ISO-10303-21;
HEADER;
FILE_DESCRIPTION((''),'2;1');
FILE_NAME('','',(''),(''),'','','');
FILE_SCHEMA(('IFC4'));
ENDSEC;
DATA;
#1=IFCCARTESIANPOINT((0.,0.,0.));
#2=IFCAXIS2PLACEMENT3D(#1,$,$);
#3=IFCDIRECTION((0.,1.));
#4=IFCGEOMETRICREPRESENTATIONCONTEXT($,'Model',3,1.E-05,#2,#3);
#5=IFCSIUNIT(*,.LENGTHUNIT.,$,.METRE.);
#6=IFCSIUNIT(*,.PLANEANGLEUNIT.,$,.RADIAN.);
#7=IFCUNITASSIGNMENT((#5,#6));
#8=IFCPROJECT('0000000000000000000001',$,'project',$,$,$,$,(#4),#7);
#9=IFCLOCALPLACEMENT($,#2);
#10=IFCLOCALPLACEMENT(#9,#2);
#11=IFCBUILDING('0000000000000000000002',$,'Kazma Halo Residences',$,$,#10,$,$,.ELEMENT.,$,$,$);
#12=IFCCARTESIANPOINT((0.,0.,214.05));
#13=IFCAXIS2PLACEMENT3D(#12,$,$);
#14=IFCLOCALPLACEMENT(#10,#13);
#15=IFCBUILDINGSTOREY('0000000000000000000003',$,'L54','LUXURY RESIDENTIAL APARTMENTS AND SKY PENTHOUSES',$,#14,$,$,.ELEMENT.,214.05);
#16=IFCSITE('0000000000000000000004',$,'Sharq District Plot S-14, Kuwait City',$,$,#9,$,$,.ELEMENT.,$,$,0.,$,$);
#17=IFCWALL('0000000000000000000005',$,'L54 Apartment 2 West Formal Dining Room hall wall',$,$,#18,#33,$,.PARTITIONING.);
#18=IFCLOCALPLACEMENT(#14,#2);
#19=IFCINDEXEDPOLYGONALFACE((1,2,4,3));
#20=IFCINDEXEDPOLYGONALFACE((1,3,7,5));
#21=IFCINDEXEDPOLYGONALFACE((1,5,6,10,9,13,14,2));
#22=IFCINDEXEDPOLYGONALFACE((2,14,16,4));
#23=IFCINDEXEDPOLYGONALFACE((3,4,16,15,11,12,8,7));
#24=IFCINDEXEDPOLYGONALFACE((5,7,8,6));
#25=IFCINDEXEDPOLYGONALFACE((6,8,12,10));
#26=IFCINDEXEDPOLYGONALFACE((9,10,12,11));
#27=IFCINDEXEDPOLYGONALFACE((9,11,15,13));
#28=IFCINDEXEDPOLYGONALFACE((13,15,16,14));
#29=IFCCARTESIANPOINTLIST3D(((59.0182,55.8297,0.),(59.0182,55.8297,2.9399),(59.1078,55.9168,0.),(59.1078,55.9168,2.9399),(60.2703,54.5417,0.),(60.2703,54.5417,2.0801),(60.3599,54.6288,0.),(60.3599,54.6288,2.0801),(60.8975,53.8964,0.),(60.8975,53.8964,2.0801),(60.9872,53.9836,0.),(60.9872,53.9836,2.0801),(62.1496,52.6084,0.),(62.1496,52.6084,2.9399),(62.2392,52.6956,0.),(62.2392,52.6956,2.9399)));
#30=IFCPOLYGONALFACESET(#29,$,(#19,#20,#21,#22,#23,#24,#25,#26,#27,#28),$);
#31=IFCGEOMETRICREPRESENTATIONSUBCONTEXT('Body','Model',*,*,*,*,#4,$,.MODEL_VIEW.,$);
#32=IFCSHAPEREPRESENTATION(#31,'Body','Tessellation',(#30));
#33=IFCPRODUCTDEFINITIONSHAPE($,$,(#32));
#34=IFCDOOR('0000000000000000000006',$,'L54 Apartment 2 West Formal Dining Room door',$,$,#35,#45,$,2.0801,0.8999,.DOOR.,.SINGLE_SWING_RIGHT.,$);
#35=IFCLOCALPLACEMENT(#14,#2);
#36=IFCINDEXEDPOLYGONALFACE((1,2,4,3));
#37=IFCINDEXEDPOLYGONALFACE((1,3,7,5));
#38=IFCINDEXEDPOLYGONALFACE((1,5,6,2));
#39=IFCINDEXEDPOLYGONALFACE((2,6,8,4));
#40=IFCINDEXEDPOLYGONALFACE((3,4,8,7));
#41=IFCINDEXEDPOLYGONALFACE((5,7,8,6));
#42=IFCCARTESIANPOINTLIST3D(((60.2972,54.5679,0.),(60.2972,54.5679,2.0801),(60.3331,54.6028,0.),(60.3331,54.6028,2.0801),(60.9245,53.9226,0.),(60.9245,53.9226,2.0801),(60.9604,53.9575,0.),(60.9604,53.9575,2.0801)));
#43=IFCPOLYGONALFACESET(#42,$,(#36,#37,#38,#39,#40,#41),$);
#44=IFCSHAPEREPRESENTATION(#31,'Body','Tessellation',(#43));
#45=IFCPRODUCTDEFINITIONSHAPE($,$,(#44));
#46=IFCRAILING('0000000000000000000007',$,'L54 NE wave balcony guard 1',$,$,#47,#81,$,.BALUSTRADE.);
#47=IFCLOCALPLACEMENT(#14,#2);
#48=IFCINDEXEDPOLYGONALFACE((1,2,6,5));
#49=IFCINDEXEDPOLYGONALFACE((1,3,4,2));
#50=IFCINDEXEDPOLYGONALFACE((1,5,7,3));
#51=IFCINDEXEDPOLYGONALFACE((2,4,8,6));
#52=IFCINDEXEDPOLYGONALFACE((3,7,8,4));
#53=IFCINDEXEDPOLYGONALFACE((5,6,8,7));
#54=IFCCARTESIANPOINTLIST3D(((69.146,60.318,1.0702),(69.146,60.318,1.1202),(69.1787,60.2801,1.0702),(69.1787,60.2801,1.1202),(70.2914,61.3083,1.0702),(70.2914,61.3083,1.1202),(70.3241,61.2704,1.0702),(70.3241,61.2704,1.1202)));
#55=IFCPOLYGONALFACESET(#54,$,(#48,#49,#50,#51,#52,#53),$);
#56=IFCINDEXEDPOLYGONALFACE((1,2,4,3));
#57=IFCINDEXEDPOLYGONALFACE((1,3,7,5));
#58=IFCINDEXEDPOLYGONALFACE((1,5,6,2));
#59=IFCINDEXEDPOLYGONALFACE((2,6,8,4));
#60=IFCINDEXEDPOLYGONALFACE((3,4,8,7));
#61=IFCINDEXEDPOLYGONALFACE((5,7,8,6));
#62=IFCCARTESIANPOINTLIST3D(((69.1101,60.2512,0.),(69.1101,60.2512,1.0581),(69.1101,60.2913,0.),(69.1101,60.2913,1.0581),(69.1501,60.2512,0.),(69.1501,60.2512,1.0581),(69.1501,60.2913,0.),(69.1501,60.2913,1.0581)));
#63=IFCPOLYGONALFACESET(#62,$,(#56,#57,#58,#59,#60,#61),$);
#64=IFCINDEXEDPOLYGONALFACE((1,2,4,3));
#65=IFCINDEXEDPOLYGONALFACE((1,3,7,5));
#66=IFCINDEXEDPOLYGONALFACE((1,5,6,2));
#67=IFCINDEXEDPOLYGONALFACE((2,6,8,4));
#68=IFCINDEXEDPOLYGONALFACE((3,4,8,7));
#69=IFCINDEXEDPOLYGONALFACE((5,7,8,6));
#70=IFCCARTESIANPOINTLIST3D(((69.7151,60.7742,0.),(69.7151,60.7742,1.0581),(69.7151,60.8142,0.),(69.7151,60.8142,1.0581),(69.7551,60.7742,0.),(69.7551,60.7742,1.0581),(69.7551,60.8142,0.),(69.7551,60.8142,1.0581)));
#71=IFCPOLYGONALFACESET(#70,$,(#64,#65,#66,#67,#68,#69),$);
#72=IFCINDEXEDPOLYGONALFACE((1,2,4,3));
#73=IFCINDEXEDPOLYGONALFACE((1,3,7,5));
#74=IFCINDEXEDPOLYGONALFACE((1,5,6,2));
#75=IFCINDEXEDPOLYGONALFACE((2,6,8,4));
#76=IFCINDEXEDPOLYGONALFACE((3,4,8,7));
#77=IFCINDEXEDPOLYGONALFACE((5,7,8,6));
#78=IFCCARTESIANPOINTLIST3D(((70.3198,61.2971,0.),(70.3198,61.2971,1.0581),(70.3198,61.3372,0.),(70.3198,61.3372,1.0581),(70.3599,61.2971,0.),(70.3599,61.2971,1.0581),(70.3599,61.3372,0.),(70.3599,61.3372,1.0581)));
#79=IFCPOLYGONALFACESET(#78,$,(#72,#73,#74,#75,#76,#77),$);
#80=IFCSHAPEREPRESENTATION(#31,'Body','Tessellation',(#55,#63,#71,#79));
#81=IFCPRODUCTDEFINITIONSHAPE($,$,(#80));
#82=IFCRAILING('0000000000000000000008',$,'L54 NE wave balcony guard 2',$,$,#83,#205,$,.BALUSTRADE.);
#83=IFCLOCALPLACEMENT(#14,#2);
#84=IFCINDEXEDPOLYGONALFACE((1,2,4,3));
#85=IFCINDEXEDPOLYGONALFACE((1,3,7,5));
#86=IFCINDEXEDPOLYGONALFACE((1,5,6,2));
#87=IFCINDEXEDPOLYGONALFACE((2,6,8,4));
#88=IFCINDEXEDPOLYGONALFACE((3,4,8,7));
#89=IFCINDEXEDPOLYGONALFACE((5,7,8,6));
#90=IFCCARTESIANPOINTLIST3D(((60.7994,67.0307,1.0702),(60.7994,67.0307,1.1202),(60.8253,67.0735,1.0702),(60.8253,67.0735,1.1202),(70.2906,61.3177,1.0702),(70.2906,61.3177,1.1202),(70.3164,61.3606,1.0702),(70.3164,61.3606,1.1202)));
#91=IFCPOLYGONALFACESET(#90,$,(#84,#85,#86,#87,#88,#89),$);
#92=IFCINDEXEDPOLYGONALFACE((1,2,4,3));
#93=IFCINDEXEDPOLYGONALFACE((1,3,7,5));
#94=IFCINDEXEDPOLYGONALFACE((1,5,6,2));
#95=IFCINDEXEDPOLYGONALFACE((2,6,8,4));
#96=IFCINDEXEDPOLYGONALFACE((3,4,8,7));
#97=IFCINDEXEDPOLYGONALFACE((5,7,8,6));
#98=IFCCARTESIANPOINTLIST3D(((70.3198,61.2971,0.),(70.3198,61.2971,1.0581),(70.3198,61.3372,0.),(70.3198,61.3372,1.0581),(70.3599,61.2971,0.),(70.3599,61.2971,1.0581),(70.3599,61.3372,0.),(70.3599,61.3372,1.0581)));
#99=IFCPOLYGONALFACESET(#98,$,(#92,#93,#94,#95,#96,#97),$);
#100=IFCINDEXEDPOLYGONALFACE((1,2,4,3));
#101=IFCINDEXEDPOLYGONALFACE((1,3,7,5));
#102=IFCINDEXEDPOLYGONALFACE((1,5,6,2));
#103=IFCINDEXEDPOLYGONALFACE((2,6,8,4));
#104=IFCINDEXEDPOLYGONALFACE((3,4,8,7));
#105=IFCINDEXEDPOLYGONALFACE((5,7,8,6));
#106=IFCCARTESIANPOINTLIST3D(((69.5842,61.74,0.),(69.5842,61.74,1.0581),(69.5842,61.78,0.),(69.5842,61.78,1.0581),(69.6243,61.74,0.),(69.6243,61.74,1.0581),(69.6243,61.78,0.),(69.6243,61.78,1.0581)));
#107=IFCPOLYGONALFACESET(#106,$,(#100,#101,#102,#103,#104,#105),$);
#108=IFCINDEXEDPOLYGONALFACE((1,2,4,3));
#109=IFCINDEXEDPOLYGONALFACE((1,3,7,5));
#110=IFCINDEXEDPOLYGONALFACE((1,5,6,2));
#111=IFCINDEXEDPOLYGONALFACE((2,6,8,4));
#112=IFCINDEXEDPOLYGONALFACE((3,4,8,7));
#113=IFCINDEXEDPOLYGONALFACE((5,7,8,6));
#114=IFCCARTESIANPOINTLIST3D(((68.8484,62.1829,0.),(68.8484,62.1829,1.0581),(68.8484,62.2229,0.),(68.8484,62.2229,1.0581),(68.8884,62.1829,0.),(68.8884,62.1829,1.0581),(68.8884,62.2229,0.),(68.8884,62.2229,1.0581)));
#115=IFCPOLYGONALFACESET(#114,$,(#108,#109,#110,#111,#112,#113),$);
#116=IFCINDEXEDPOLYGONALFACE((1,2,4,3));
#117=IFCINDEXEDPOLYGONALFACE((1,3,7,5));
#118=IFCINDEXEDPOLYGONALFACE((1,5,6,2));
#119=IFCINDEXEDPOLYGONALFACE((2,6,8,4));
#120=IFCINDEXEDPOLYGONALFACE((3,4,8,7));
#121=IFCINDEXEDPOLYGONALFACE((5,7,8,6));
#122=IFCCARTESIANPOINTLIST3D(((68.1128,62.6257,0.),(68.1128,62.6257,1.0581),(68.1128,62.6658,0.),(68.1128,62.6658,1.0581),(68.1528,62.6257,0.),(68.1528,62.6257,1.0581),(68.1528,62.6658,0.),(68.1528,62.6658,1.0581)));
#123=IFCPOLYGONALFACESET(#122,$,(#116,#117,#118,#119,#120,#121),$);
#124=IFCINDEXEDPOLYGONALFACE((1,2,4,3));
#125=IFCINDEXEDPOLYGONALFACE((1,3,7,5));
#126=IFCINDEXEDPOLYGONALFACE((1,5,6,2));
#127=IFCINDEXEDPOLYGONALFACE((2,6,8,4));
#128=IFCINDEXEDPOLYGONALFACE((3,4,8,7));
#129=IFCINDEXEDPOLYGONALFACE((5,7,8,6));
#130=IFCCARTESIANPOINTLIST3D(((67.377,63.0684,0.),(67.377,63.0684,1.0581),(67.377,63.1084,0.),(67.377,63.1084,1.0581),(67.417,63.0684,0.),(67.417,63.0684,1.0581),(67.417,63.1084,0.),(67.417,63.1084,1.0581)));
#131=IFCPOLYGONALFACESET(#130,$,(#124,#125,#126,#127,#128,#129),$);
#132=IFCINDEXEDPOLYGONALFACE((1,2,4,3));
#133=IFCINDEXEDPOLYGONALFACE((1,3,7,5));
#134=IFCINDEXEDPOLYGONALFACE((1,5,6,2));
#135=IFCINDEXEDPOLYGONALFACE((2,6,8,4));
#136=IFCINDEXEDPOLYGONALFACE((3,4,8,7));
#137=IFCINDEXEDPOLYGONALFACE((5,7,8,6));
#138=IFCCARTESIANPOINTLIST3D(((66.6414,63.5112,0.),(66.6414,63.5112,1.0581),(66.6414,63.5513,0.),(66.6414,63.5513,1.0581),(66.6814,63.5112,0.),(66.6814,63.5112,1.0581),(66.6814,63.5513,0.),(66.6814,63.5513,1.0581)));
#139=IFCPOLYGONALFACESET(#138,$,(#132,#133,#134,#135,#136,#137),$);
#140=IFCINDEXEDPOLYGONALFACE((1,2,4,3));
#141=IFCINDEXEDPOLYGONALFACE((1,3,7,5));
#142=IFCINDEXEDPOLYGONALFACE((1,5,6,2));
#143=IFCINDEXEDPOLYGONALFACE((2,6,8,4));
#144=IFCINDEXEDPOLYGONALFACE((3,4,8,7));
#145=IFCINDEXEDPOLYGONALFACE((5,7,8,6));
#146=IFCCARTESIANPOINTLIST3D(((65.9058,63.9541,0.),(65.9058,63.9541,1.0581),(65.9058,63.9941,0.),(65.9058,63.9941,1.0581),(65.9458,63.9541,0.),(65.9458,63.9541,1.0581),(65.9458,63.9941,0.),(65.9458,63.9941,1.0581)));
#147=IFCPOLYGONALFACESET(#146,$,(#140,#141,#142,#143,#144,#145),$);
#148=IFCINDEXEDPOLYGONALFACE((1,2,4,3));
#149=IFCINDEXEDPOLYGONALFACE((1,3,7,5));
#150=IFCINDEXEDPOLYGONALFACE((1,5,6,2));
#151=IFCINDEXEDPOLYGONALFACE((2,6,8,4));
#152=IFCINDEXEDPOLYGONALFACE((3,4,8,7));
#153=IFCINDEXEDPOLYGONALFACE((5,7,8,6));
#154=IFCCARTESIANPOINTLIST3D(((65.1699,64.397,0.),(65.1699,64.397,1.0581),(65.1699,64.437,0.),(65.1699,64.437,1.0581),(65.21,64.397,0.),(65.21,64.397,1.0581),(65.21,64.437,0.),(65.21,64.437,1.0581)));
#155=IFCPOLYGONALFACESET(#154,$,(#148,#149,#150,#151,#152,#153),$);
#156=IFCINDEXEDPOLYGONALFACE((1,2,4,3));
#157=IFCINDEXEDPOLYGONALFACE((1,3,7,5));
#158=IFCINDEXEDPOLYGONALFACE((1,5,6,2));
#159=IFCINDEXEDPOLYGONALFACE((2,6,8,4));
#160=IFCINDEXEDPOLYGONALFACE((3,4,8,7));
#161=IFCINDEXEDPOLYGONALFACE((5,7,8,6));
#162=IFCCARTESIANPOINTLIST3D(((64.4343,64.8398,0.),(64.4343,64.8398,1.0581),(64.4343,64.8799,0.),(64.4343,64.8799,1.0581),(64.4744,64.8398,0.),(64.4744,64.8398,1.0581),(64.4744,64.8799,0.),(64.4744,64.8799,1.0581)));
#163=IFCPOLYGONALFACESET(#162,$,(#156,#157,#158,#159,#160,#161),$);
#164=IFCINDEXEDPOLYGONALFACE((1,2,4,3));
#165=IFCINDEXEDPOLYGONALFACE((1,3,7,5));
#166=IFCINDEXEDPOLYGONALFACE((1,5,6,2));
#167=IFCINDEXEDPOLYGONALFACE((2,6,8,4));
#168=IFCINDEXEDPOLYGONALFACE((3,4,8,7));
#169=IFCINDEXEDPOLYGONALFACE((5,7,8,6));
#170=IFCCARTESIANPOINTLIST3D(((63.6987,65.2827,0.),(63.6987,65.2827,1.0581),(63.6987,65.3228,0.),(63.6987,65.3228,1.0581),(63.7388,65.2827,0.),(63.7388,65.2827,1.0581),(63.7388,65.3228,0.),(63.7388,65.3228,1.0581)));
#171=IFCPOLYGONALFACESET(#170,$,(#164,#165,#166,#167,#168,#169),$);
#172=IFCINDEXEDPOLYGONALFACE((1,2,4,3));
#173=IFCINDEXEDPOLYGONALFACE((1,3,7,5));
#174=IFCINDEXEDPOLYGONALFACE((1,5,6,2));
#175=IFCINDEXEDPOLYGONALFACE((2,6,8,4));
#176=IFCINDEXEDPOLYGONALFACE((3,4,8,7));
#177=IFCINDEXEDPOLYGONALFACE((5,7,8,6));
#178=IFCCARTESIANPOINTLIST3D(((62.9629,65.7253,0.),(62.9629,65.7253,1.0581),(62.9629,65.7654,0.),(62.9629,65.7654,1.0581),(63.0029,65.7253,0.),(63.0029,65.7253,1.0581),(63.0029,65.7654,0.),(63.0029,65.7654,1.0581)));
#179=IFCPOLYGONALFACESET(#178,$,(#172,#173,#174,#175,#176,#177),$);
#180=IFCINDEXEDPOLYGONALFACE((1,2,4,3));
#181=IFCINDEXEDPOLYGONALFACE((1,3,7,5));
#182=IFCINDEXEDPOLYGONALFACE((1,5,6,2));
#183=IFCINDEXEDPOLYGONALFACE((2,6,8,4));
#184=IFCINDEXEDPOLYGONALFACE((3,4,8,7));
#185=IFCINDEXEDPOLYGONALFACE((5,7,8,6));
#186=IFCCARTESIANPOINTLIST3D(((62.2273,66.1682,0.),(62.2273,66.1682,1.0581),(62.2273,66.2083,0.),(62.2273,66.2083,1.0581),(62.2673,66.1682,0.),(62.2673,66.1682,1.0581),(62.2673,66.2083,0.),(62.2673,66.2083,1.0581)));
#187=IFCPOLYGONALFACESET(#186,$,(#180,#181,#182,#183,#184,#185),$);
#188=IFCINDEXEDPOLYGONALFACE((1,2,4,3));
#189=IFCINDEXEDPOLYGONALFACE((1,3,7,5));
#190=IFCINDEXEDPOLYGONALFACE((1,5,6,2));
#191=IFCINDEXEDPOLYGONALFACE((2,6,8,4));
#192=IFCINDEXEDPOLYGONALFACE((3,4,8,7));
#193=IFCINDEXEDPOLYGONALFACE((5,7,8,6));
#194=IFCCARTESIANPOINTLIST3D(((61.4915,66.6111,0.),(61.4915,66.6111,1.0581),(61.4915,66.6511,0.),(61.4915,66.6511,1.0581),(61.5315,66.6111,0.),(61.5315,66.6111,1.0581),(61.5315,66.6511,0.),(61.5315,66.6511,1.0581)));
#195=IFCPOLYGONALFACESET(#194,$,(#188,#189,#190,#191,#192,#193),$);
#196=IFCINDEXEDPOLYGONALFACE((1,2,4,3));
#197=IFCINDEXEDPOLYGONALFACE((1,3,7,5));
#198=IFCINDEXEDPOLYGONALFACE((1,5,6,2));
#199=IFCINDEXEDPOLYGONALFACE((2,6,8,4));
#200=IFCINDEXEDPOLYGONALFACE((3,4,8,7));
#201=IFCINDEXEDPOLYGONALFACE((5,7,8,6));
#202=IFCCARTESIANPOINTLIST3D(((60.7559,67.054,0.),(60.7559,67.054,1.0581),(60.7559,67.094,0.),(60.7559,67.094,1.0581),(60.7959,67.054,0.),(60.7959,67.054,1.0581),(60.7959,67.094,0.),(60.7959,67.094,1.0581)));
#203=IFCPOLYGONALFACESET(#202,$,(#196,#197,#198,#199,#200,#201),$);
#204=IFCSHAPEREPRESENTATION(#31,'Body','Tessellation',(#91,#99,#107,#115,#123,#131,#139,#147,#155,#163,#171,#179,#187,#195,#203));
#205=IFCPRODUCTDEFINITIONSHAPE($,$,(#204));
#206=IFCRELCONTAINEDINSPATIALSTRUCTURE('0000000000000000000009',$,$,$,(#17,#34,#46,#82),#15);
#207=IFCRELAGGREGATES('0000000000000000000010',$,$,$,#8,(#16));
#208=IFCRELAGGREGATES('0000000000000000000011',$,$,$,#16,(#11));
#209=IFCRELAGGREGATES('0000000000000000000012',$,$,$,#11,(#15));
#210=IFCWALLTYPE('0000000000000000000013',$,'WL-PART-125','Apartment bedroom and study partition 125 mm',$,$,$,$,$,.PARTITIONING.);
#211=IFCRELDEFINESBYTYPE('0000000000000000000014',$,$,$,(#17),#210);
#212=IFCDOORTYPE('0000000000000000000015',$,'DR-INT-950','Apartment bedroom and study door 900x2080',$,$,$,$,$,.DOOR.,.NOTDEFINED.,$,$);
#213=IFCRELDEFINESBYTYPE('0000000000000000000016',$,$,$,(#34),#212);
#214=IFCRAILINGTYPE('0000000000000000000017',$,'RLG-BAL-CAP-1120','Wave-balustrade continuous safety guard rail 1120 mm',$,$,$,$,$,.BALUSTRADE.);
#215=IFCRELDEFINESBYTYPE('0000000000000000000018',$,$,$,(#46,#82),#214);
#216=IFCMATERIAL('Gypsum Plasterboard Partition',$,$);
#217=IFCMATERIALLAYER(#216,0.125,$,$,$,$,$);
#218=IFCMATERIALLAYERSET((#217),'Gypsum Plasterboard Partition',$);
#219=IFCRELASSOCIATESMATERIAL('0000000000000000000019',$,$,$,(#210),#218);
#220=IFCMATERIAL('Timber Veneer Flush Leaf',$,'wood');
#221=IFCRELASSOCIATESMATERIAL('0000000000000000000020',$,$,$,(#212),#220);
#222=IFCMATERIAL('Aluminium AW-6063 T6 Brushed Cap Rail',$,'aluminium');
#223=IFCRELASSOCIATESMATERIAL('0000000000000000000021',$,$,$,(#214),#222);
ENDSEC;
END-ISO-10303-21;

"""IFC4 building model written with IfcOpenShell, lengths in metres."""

from ifc_helpers import new_model, si_unit, direction, frame, frame_2d, origin, origin_2d, place, context, subcontext, project, spatial, rectangle, extrude, material, layer, layer_set, type_object, element, fill, save


model = new_model("IFC4")

# Units and contexts
model_context = context("Model", 3, precision=1e-05, world=origin(), true_north=direction((0.0, 1.0)))
body_context = subcontext(model_context, "Body", "Model", "MODEL_VIEW")
ifc_project = project(units=[si_unit("LENGTHUNIT", "METRE"), si_unit("PLANEANGLEUNIT", "RADIAN")], contexts=[model_context])

# Site, building, storey
site_placement = place(None, origin())
site = spatial("IfcSite", under=ifc_project, at=site_placement, Name="Sharq District Plot S-14, Kuwait City", CompositionType="ELEMENT", RefElevation=0.0)
building_placement = place(site_placement, origin())
building = spatial("IfcBuilding", under=site, at=building_placement, Name="Kazma Halo Residences", CompositionType="ELEMENT")
storey_placement = place(building_placement, frame((0.0, 0.0, 214.05)))
storey = spatial("IfcBuildingStorey", under=building, at=storey_placement, Name="L54", Description="LUXURY RESIDENTIAL APARTMENTS AND SKY PENTHOUSES", CompositionType="ELEMENT", Elevation=214.05)

# Wall, opening, door
ifc_material_1 = material(Name="Gypsum Plasterboard Partition")
ifc_layer_1 = layer(ifc_material_1, 0.125)
ifc_layer_set_1 = layer_set([ifc_layer_1], Name="Gypsum Plasterboard Partition")
wall_type_1 = type_object("IfcWallType", Name="WL-PART-125", Description="Apartment bedroom and study partition 125 mm", PredefinedType="PARTITIONING", material=ifc_layer_set_1)
wall_1_placement = place(storey_placement, frame((62.1943, 52.6521, 0.0), z_axis=(0.0, 0.0, 1.0), x_axis=(-0.697036, 0.717036, 0.0)))
wall_1 = element("IfcWall", 1, at=wall_1_placement, inside=storey, type_object=wall_type_1, Name="L54 Apartment 2 West Formal Dining Room hall wall", PredefinedType="PARTITIONING", context=body_context, shape_type="SweptSolid", body=[
    extrude(rectangle(XDim=4.4924, YDim=0.125, at=frame_2d((2.2461, 0.0))), origin(), (0.0, 0.0, 1.0), 2.9399),
])
opening_1_placement = place(wall_1_placement, frame((1.7961, 0.0, 0.0)))
opening_1 = element("IfcOpeningElement", 2, at=opening_1_placement, cuts=wall_1, PredefinedType="OPENING", context=body_context, shape_type="SweptSolid", body=[
    extrude(rectangle(XDim=0.8999, YDim=2.0801, at=frame_2d((0.45, 1.04))), frame((0.0, 0.0725, 0.0), z_axis=(0.0, -1.0, 0.0), x_axis=(1.0, 0.0, 0.0)), (0.0, 0.0, 1.0), 0.145),
])
ifc_material_2 = material(Name="Timber Veneer Flush Leaf", Category="wood")
door_type_1 = type_object("IfcDoorType", Name="DR-INT-950", Description="Apartment bedroom and study door 900x2080", OperationType="NOTDEFINED", PredefinedType="DOOR", material=ifc_material_2)
door_1_placement = place(opening_1_placement, origin())
door_1 = element("IfcDoor", 3, at=door_1_placement, inside=storey, type_object=door_type_1, Name="L54 Apartment 2 West Formal Dining Room door", OperationType="SINGLE_SWING_RIGHT", OverallHeight=2.0801, OverallWidth=0.8999, PredefinedType="DOOR", context=body_context, shape_type="SweptSolid", body=[
    extrude(rectangle(XDim=0.8999, YDim=2.0801, at=frame_2d((0.45, 1.04))), frame((0.0, 0.0249, 0.0), z_axis=(0.0, -1.0, 0.0), x_axis=(1.0, 0.0, 0.0)), (0.0, 0.0, 1.0), 0.05),
])
fill(opening_1, door_1)

# Railings
ifc_material_3 = material(Name="Aluminium AW-6063 T6 Brushed Cap Rail", Category="aluminium")
railing_type = type_object("IfcRailingType", Name="RLG-BAL-CAP-1120", Description="Wave-balustrade continuous safety guard rail 1120 mm", PredefinedType="BALUSTRADE", material=ifc_material_3)
railing_1_placement = place(storey_placement, frame((69.1301, 60.2712, 0.0)))
element("IfcRailing", 4, at=railing_1_placement, inside=storey, type_object=railing_type, Name="L54 NE wave balcony guard 1", PredefinedType="BALUSTRADE", context=body_context, shape_type="SweptSolid", body=[
    extrude(rectangle(XDim=0.05, YDim=0.05, at=origin_2d()), frame((0.0322, 0.0278, 1.0952), z_axis=(0.756469, 0.654029, 0.0), x_axis=(-0.654029, 0.756469, 0.0)), (0.0, 0.0, 1.0), 1.5142),
    extrude(rectangle(XDim=0.04, YDim=0.04, at=origin_2d()), origin(), (0.0, 0.0, 1.0), 1.0581),
    extrude(rectangle(XDim=0.04, YDim=0.04, at=origin_2d()), frame((0.605, 0.5229, 0.0)), (0.0, 0.0, 1.0), 1.0581),
    extrude(rectangle(XDim=0.04, YDim=0.04, at=origin_2d()), frame((1.2097, 1.0459, 0.0)), (0.0, 0.0, 1.0), 1.0581),
])
railing_2_placement = place(storey_placement, frame((70.3398, 61.3171, 0.0)))
element("IfcRailing", 5, at=railing_2_placement, inside=storey, type_object=railing_type, Name="L54 NE wave balcony guard 2", PredefinedType="BALUSTRADE", context=body_context, shape_type="SweptSolid", body=[
    extrude(rectangle(XDim=0.05, YDim=0.05, at=origin_2d()), frame((-0.0364, 0.022, 1.0952), z_axis=(-0.856763, 0.515711, 0.0), x_axis=(-0.515711, -0.856763, 0.0)), (0.0, 0.0, 1.0), 11.0779),
    extrude(rectangle(XDim=0.04, YDim=0.04, at=origin_2d()), origin(), (0.0, 0.0, 1.0), 1.0581),
    extrude(rectangle(XDim=0.04, YDim=0.04, at=origin_2d()), frame((-0.7356, 0.4429, 0.0)), (0.0, 0.0, 1.0), 1.0581),
    extrude(rectangle(XDim=0.04, YDim=0.04, at=origin_2d()), frame((-1.4714, 0.8857, 0.0)), (0.0, 0.0, 1.0), 1.0581),
    extrude(rectangle(XDim=0.04, YDim=0.04, at=origin_2d()), frame((-2.207, 1.3286, 0.0)), (0.0, 0.0, 1.0), 1.0581),
    extrude(rectangle(XDim=0.04, YDim=0.04, at=origin_2d()), frame((-2.9429, 1.7712, 0.0)), (0.0, 0.0, 1.0), 1.0581),
    extrude(rectangle(XDim=0.04, YDim=0.04, at=origin_2d()), frame((-3.6785, 2.2141, 0.0)), (0.0, 0.0, 1.0), 1.0581),
    extrude(rectangle(XDim=0.04, YDim=0.04, at=origin_2d()), frame((-4.4141, 2.657, 0.0)), (0.0, 0.0, 1.0), 1.0581),
    extrude(rectangle(XDim=0.04, YDim=0.04, at=origin_2d()), frame((-5.1499, 3.0999, 0.0)), (0.0, 0.0, 1.0), 1.0581),
    extrude(rectangle(XDim=0.04, YDim=0.04, at=origin_2d()), frame((-5.8855, 3.5427, 0.0)), (0.0, 0.0, 1.0), 1.0581),
    extrude(rectangle(XDim=0.04, YDim=0.04, at=origin_2d()), frame((-6.6211, 3.9856, 0.0)), (0.0, 0.0, 1.0), 1.0581),
    extrude(rectangle(XDim=0.04, YDim=0.04, at=origin_2d()), frame((-7.3569, 4.4282, 0.0)), (0.0, 0.0, 1.0), 1.0581),
    extrude(rectangle(XDim=0.04, YDim=0.04, at=origin_2d()), frame((-8.0925, 4.8711, 0.0)), (0.0, 0.0, 1.0), 1.0581),
    extrude(rectangle(XDim=0.04, YDim=0.04, at=origin_2d()), frame((-8.8284, 5.314, 0.0)), (0.0, 0.0, 1.0), 1.0581),
    extrude(rectangle(XDim=0.04, YDim=0.04, at=origin_2d()), frame((-9.564, 5.7568, 0.0)), (0.0, 0.0, 1.0), 1.0581),
])

save(model, "model.ifc")
